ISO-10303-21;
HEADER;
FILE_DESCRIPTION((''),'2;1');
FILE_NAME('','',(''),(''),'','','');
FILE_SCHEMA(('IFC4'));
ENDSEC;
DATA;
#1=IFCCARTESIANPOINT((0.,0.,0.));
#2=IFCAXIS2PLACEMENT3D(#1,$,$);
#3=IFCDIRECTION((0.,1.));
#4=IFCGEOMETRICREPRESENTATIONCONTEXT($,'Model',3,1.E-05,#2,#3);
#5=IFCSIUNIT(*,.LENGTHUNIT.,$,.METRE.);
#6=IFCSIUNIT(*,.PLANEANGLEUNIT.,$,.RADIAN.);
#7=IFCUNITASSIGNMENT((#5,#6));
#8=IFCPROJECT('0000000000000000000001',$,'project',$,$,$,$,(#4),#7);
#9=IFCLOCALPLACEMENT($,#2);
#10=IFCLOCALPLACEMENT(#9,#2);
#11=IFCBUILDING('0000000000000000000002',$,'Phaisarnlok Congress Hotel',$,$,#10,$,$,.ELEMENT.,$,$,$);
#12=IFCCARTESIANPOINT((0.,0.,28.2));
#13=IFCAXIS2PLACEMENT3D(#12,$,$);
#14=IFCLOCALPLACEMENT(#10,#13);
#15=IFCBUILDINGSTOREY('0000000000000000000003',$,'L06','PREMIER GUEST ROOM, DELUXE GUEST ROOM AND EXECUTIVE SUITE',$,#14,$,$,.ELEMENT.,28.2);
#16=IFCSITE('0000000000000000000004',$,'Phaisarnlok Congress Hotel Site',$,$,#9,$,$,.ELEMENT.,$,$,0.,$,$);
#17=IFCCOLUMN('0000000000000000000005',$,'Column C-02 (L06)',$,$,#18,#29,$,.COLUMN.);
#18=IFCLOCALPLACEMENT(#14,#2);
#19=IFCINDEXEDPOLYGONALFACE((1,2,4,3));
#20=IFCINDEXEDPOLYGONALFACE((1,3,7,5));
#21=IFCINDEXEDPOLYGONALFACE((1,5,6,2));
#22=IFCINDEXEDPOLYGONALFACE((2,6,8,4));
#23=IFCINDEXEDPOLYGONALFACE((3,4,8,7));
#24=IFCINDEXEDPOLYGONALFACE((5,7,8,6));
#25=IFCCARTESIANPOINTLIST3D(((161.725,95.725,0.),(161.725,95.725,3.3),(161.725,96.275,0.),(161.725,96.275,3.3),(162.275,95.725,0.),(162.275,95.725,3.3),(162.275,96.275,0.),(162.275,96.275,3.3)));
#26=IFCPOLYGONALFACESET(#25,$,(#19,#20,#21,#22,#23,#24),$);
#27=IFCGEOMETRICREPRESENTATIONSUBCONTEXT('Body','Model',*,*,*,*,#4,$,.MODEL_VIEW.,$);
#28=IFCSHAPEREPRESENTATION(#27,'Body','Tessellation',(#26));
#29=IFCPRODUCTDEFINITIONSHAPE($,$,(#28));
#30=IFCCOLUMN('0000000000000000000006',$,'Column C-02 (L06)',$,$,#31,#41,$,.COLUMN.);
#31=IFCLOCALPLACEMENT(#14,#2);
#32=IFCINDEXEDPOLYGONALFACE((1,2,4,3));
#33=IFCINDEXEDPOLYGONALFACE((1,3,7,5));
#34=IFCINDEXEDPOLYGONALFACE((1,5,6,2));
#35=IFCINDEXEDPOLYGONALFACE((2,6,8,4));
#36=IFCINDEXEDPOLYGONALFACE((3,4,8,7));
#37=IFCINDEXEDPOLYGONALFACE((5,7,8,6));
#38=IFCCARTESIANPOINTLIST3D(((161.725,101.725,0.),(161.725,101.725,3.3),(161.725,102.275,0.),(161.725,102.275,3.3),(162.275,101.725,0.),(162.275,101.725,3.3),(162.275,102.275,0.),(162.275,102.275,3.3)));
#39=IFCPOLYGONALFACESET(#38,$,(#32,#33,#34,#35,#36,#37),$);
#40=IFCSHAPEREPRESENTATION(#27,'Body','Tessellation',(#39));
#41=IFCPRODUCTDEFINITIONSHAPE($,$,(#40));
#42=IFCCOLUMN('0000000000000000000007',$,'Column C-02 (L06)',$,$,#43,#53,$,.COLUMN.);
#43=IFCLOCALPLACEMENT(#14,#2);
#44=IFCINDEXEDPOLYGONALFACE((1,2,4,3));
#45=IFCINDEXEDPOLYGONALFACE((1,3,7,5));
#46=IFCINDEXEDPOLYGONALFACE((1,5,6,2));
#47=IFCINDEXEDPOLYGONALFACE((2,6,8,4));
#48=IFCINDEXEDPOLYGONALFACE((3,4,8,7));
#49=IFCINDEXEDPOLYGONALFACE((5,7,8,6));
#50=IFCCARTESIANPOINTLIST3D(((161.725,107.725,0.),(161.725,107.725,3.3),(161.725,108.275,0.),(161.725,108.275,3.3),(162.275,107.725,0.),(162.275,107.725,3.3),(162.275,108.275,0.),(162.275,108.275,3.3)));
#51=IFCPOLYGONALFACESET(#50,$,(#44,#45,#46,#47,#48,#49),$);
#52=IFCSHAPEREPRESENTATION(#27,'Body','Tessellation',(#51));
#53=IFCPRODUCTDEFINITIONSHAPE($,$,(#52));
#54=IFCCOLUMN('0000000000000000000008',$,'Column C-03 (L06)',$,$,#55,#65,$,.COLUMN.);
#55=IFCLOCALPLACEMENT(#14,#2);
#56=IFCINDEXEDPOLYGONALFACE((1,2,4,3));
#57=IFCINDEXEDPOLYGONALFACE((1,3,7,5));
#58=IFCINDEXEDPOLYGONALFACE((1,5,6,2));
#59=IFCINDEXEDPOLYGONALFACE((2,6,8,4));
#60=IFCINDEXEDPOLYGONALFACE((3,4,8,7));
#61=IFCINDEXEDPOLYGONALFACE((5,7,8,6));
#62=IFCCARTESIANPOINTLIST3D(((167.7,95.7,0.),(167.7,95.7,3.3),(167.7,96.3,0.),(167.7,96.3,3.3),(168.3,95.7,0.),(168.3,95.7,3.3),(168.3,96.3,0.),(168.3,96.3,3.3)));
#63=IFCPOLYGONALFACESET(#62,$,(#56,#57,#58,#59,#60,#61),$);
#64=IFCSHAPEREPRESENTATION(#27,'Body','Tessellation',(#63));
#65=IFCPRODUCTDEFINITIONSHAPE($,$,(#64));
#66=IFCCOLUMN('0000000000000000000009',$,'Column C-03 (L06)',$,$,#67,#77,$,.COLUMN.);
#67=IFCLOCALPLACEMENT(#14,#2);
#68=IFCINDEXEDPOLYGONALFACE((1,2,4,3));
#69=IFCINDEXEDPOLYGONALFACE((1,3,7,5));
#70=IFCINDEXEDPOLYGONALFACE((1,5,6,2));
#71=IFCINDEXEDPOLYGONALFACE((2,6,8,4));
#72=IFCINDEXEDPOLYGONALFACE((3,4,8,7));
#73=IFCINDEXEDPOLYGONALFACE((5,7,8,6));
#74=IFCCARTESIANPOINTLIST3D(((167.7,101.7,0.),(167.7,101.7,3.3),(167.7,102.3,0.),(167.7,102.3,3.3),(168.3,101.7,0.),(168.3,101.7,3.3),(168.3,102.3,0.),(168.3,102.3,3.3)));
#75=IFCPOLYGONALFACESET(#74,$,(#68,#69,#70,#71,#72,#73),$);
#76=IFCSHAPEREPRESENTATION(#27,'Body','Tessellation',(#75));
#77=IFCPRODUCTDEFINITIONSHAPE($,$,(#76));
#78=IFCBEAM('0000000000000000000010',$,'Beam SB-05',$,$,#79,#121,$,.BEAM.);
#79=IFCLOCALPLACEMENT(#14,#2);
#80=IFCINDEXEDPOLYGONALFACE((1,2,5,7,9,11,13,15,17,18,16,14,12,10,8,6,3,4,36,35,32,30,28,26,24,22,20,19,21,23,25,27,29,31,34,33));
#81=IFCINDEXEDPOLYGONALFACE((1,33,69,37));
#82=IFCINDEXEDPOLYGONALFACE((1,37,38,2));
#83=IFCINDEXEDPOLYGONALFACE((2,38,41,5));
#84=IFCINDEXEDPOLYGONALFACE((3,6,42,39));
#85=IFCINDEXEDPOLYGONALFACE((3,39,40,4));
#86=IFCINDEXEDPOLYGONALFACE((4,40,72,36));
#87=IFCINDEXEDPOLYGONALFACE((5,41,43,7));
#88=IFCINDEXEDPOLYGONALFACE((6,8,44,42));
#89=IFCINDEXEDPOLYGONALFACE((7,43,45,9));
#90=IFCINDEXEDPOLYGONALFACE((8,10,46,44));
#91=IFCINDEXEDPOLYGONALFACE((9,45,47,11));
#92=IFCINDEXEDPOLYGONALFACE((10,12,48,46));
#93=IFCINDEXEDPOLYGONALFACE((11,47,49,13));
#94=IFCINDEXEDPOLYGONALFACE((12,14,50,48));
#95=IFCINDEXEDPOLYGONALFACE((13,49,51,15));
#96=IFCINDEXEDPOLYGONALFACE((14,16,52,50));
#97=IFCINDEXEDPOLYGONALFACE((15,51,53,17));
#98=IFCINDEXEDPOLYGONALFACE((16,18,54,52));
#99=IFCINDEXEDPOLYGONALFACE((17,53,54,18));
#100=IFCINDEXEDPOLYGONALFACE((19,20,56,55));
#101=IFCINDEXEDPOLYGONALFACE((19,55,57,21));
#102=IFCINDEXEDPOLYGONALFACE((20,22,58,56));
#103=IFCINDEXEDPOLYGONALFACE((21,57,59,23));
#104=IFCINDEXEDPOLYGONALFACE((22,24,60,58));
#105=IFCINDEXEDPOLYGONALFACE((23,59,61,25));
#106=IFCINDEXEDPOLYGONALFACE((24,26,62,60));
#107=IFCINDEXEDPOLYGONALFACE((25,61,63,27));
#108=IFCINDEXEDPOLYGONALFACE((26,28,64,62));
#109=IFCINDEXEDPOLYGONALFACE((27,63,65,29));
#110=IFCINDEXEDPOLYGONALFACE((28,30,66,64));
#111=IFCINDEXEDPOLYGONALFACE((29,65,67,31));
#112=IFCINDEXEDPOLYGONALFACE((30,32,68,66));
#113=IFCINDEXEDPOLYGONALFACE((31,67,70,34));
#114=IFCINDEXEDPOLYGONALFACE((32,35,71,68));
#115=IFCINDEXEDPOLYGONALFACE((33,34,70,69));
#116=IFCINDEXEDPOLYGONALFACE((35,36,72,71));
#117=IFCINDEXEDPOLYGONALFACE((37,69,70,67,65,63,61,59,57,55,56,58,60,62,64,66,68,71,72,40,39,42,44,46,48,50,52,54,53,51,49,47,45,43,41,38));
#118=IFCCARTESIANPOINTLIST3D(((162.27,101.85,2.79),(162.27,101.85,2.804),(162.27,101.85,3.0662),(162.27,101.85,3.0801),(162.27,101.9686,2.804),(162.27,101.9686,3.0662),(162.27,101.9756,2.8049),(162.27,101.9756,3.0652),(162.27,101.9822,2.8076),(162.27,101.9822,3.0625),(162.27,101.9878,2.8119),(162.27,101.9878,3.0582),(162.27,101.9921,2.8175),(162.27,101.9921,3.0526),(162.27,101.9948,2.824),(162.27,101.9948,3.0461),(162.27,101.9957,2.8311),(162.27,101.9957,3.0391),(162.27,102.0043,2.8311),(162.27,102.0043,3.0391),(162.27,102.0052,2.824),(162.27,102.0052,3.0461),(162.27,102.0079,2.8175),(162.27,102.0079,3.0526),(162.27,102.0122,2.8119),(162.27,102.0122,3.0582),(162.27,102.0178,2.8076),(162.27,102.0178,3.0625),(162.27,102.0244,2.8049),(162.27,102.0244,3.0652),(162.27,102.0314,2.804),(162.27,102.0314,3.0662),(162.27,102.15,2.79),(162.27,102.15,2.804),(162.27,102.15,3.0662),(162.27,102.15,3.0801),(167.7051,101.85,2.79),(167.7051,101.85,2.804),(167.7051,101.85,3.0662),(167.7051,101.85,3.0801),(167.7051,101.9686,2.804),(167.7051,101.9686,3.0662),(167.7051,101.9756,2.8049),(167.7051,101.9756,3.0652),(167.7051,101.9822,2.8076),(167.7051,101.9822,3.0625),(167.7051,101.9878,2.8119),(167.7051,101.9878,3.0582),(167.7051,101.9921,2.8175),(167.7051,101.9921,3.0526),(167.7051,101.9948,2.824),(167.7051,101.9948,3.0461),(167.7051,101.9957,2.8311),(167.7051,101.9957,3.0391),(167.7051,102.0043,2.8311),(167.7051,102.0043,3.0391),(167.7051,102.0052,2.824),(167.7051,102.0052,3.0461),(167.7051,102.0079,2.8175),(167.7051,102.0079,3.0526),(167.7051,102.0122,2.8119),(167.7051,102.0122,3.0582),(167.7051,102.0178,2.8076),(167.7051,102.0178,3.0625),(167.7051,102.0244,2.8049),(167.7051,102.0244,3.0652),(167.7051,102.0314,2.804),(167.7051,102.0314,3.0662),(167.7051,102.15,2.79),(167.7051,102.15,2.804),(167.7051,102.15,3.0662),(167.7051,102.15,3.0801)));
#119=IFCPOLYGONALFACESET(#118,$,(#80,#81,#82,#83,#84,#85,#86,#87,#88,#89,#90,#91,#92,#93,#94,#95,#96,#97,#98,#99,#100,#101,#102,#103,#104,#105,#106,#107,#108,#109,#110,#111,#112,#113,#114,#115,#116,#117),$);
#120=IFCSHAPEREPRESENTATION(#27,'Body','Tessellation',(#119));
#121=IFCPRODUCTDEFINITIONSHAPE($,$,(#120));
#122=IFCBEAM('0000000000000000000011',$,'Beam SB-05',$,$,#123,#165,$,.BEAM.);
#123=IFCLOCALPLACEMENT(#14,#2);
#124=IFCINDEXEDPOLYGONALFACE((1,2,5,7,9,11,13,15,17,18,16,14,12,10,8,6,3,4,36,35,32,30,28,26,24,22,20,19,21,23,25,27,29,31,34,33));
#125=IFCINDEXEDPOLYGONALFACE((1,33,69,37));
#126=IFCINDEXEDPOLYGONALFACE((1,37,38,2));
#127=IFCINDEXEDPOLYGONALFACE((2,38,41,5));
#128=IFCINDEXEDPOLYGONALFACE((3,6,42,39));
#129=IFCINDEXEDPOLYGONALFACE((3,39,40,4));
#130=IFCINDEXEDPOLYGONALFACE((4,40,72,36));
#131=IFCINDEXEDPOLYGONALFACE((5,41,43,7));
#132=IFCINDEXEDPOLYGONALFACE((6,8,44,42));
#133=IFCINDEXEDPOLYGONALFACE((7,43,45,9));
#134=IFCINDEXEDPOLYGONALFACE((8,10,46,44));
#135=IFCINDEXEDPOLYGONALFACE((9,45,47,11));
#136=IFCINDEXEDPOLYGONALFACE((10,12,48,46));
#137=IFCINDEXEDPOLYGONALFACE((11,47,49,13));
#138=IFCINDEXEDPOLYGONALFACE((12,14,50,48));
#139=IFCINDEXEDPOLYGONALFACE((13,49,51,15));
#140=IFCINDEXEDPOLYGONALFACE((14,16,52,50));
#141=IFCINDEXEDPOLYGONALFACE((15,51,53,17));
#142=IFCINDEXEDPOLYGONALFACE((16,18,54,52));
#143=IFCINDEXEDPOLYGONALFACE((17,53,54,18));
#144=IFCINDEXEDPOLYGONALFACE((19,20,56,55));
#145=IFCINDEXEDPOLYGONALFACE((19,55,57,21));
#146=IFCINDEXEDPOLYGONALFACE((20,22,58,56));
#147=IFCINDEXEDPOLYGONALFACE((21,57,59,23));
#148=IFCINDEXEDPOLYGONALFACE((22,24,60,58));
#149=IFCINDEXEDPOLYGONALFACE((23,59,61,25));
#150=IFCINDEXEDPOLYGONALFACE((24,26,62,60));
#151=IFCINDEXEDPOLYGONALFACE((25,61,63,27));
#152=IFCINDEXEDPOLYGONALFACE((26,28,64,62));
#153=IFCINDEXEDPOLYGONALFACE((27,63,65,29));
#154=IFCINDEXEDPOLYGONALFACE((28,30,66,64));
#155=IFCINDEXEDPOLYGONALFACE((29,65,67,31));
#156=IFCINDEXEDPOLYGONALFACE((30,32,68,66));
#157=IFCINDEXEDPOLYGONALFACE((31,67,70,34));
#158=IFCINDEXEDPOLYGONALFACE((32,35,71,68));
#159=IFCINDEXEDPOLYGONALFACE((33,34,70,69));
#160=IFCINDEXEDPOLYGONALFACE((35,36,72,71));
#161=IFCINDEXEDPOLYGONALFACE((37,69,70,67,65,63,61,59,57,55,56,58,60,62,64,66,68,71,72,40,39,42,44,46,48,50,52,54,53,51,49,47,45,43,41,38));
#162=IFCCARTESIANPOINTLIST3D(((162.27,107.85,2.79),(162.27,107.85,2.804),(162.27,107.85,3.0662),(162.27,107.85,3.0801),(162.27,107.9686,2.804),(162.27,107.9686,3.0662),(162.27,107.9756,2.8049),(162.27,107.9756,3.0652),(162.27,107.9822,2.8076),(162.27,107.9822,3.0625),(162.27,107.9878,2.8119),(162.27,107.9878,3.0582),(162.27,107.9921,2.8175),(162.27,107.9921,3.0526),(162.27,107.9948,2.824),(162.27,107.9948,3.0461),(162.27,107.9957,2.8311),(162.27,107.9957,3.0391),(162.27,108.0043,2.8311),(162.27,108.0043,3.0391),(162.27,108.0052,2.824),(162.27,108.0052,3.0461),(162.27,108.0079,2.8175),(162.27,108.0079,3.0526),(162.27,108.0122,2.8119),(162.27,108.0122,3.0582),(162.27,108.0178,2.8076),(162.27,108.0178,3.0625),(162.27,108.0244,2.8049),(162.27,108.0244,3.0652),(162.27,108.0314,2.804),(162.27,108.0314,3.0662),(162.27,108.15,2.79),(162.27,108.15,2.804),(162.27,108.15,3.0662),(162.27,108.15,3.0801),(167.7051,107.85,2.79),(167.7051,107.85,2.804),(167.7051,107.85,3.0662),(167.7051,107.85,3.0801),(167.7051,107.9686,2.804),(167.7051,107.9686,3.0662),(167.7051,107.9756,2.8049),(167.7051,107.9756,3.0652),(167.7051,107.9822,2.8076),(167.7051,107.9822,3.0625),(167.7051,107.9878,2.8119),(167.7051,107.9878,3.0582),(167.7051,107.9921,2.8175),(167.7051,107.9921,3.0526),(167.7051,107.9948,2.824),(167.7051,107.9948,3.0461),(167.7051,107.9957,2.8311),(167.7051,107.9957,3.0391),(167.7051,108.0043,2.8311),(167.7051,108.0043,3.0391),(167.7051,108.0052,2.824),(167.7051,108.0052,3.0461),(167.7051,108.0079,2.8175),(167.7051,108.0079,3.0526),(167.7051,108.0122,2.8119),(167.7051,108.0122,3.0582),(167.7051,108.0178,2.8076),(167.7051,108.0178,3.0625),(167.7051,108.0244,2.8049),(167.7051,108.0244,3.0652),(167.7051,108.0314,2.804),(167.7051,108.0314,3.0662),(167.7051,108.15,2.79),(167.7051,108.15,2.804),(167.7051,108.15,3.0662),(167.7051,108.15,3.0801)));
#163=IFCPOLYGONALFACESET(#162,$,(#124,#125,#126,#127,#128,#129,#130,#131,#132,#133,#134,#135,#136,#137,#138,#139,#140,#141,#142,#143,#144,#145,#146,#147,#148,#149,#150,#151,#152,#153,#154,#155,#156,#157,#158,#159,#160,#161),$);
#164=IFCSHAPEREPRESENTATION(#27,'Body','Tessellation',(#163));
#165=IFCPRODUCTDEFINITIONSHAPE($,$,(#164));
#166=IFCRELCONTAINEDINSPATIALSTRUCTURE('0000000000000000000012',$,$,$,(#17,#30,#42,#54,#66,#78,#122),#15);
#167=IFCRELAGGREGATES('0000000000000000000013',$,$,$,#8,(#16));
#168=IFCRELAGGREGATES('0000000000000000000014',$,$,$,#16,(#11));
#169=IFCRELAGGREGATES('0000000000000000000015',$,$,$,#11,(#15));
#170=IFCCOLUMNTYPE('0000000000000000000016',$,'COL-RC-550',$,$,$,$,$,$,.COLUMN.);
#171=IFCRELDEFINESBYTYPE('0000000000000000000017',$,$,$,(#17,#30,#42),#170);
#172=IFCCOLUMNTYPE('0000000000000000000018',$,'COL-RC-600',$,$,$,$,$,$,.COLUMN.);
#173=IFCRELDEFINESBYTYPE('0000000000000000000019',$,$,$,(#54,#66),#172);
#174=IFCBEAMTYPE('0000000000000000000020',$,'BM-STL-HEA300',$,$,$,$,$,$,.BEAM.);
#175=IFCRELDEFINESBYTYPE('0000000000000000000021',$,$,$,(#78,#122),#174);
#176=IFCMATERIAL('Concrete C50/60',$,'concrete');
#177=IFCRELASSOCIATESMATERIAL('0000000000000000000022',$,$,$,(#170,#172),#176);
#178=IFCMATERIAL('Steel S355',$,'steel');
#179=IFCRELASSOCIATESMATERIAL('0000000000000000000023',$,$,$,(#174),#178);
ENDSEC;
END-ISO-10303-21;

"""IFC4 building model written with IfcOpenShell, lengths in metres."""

from ifc_helpers import new_model, si_unit, direction, frame, origin, origin_2d, place, context, subcontext, project, spatial, rectangle, i_section, extrude, material, material_profile, profile_set, type_object, element, save


model = new_model("IFC4")

# Units and contexts
model_context = context("Model", 3, precision=1e-05, world=origin(), true_north=direction((0.0, 1.0)))
body_context = subcontext(model_context, "Body", "Model", "MODEL_VIEW")
ifc_project = project(units=[si_unit("LENGTHUNIT", "METRE"), si_unit("PLANEANGLEUNIT", "RADIAN")], contexts=[model_context])

# Site, building, storey
site_placement = place(None, origin())
site = spatial("IfcSite", under=ifc_project, at=site_placement, Name="Phaisarnlok Congress Hotel Site", CompositionType="ELEMENT", RefElevation=0.0)
building_placement = place(site_placement, origin())
building = spatial("IfcBuilding", under=site, at=building_placement, Name="Phaisarnlok Congress Hotel", CompositionType="ELEMENT")
storey_placement = place(building_placement, frame((0.0, 0.0, 28.2)))
storey = spatial("IfcBuildingStorey", under=building, at=storey_placement, Name="L06", Description="PREMIER GUEST ROOM, DELUXE GUEST ROOM AND EXECUTIVE SUITE", CompositionType="ELEMENT", Elevation=28.2)

# Columns
ifc_material_1 = material(Name="Concrete C50/60", Category="concrete")
ifc_material_profile_1 = material_profile(ifc_material_1, rectangle(XDim=0.55, YDim=0.55, at=origin_2d()), Name="RC 550x550")
ifc_profile_set_1 = profile_set([ifc_material_profile_1], Name="Concrete C50/60")
column_type_1 = type_object("IfcColumnType", Name="COL-RC-550", PredefinedType="COLUMN", material=ifc_profile_set_1)
for number, where, z_axis, x_axis, name in (
    (1, (162.0, 96.0, 0.0), (0.0, 0.0, 1.0), (1.0, 0.0, 0.0), "Column C-02 (L06)"),
    (2, (162.0, 102.0, 0.0), (0.0, 0.0, 1.0), (1.0, 0.0, 0.0), "Column C-02 (L06)"),
    (3, (162.0, 108.0, 0.0), (0.0, 0.0, 1.0), (1.0, 0.0, 0.0), "Column C-02 (L06)"),
):
    element("IfcColumn", number, at=place(storey_placement, frame(where, z_axis=z_axis, x_axis=x_axis)), inside=storey, type_object=column_type_1, Name=name, PredefinedType="COLUMN", context=body_context, shape_type="SweptSolid", body=[
        extrude(rectangle(XDim=0.55, YDim=0.55, at=origin_2d()), origin(), (0.0, 0.0, 1.0), 3.3),
    ])
ifc_material_profile_2 = material_profile(ifc_material_1, rectangle(XDim=0.6001, YDim=0.6001, at=origin_2d()), Name="RC 600x600")
ifc_profile_set_2 = profile_set([ifc_material_profile_2], Name="Concrete C50/60")
column_type_2 = type_object("IfcColumnType", Name="COL-RC-600", PredefinedType="COLUMN", material=ifc_profile_set_2)
for number, where, z_axis, x_axis, name in (
    (4, (168.0, 96.0, 0.0), (0.0, 0.0, 1.0), (1.0, 0.0, 0.0), "Column C-03 (L06)"),
    (5, (168.0, 102.0, 0.0), (0.0, 0.0, 1.0), (1.0, 0.0, 0.0), "Column C-03 (L06)"),
):
    element("IfcColumn", number, at=place(storey_placement, frame(where, z_axis=z_axis, x_axis=x_axis)), inside=storey, type_object=column_type_2, Name=name, PredefinedType="COLUMN", context=body_context, shape_type="SweptSolid", body=[
        extrude(rectangle(XDim=0.6001, YDim=0.6001, at=origin_2d()), origin(), (0.0, 0.0, 1.0), 3.3),
    ])

# Beams
ifc_material_2 = material(Name="Steel S355", Category="steel")
ifc_material_profile_3 = material_profile(ifc_material_2, i_section(OverallWidth=0.3, OverallDepth=0.29, WebThickness=0.0085, FlangeThickness=0.0139, FilletRadius=0.0271, at=origin_2d()), Name="HEA 300")
ifc_profile_set_3 = profile_set([ifc_material_profile_3], Name="Steel S355")
beam_type_1 = type_object("IfcBeamType", Name="BM-STL-HEA300", PredefinedType="BEAM", material=ifc_profile_set_3)
for number, where, z_axis, x_axis, name in (
    (6, (162.27, 102.0, 2.9351), (1.0, 0.0, 0.0), (0.0, 1.0, 0.0), "Beam SB-05"),
    (7, (162.27, 108.0, 2.9351), (1.0, 0.0, 0.0), (0.0, 1.0, 0.0), "Beam SB-05"),
):
    element("IfcBeam", number, at=place(storey_placement, frame(where, z_axis=z_axis, x_axis=x_axis)), inside=storey, type_object=beam_type_1, Name=name, PredefinedType="BEAM", context=body_context, shape_type="SweptSolid", body=[
        extrude(i_section(OverallWidth=0.3, OverallDepth=0.29, WebThickness=0.0085, FlangeThickness=0.0139, FilletRadius=0.0271, at=origin_2d()), origin(), (0.0, 0.0, 1.0), 5.4351),
    ])

save(model, "model.ifc")
